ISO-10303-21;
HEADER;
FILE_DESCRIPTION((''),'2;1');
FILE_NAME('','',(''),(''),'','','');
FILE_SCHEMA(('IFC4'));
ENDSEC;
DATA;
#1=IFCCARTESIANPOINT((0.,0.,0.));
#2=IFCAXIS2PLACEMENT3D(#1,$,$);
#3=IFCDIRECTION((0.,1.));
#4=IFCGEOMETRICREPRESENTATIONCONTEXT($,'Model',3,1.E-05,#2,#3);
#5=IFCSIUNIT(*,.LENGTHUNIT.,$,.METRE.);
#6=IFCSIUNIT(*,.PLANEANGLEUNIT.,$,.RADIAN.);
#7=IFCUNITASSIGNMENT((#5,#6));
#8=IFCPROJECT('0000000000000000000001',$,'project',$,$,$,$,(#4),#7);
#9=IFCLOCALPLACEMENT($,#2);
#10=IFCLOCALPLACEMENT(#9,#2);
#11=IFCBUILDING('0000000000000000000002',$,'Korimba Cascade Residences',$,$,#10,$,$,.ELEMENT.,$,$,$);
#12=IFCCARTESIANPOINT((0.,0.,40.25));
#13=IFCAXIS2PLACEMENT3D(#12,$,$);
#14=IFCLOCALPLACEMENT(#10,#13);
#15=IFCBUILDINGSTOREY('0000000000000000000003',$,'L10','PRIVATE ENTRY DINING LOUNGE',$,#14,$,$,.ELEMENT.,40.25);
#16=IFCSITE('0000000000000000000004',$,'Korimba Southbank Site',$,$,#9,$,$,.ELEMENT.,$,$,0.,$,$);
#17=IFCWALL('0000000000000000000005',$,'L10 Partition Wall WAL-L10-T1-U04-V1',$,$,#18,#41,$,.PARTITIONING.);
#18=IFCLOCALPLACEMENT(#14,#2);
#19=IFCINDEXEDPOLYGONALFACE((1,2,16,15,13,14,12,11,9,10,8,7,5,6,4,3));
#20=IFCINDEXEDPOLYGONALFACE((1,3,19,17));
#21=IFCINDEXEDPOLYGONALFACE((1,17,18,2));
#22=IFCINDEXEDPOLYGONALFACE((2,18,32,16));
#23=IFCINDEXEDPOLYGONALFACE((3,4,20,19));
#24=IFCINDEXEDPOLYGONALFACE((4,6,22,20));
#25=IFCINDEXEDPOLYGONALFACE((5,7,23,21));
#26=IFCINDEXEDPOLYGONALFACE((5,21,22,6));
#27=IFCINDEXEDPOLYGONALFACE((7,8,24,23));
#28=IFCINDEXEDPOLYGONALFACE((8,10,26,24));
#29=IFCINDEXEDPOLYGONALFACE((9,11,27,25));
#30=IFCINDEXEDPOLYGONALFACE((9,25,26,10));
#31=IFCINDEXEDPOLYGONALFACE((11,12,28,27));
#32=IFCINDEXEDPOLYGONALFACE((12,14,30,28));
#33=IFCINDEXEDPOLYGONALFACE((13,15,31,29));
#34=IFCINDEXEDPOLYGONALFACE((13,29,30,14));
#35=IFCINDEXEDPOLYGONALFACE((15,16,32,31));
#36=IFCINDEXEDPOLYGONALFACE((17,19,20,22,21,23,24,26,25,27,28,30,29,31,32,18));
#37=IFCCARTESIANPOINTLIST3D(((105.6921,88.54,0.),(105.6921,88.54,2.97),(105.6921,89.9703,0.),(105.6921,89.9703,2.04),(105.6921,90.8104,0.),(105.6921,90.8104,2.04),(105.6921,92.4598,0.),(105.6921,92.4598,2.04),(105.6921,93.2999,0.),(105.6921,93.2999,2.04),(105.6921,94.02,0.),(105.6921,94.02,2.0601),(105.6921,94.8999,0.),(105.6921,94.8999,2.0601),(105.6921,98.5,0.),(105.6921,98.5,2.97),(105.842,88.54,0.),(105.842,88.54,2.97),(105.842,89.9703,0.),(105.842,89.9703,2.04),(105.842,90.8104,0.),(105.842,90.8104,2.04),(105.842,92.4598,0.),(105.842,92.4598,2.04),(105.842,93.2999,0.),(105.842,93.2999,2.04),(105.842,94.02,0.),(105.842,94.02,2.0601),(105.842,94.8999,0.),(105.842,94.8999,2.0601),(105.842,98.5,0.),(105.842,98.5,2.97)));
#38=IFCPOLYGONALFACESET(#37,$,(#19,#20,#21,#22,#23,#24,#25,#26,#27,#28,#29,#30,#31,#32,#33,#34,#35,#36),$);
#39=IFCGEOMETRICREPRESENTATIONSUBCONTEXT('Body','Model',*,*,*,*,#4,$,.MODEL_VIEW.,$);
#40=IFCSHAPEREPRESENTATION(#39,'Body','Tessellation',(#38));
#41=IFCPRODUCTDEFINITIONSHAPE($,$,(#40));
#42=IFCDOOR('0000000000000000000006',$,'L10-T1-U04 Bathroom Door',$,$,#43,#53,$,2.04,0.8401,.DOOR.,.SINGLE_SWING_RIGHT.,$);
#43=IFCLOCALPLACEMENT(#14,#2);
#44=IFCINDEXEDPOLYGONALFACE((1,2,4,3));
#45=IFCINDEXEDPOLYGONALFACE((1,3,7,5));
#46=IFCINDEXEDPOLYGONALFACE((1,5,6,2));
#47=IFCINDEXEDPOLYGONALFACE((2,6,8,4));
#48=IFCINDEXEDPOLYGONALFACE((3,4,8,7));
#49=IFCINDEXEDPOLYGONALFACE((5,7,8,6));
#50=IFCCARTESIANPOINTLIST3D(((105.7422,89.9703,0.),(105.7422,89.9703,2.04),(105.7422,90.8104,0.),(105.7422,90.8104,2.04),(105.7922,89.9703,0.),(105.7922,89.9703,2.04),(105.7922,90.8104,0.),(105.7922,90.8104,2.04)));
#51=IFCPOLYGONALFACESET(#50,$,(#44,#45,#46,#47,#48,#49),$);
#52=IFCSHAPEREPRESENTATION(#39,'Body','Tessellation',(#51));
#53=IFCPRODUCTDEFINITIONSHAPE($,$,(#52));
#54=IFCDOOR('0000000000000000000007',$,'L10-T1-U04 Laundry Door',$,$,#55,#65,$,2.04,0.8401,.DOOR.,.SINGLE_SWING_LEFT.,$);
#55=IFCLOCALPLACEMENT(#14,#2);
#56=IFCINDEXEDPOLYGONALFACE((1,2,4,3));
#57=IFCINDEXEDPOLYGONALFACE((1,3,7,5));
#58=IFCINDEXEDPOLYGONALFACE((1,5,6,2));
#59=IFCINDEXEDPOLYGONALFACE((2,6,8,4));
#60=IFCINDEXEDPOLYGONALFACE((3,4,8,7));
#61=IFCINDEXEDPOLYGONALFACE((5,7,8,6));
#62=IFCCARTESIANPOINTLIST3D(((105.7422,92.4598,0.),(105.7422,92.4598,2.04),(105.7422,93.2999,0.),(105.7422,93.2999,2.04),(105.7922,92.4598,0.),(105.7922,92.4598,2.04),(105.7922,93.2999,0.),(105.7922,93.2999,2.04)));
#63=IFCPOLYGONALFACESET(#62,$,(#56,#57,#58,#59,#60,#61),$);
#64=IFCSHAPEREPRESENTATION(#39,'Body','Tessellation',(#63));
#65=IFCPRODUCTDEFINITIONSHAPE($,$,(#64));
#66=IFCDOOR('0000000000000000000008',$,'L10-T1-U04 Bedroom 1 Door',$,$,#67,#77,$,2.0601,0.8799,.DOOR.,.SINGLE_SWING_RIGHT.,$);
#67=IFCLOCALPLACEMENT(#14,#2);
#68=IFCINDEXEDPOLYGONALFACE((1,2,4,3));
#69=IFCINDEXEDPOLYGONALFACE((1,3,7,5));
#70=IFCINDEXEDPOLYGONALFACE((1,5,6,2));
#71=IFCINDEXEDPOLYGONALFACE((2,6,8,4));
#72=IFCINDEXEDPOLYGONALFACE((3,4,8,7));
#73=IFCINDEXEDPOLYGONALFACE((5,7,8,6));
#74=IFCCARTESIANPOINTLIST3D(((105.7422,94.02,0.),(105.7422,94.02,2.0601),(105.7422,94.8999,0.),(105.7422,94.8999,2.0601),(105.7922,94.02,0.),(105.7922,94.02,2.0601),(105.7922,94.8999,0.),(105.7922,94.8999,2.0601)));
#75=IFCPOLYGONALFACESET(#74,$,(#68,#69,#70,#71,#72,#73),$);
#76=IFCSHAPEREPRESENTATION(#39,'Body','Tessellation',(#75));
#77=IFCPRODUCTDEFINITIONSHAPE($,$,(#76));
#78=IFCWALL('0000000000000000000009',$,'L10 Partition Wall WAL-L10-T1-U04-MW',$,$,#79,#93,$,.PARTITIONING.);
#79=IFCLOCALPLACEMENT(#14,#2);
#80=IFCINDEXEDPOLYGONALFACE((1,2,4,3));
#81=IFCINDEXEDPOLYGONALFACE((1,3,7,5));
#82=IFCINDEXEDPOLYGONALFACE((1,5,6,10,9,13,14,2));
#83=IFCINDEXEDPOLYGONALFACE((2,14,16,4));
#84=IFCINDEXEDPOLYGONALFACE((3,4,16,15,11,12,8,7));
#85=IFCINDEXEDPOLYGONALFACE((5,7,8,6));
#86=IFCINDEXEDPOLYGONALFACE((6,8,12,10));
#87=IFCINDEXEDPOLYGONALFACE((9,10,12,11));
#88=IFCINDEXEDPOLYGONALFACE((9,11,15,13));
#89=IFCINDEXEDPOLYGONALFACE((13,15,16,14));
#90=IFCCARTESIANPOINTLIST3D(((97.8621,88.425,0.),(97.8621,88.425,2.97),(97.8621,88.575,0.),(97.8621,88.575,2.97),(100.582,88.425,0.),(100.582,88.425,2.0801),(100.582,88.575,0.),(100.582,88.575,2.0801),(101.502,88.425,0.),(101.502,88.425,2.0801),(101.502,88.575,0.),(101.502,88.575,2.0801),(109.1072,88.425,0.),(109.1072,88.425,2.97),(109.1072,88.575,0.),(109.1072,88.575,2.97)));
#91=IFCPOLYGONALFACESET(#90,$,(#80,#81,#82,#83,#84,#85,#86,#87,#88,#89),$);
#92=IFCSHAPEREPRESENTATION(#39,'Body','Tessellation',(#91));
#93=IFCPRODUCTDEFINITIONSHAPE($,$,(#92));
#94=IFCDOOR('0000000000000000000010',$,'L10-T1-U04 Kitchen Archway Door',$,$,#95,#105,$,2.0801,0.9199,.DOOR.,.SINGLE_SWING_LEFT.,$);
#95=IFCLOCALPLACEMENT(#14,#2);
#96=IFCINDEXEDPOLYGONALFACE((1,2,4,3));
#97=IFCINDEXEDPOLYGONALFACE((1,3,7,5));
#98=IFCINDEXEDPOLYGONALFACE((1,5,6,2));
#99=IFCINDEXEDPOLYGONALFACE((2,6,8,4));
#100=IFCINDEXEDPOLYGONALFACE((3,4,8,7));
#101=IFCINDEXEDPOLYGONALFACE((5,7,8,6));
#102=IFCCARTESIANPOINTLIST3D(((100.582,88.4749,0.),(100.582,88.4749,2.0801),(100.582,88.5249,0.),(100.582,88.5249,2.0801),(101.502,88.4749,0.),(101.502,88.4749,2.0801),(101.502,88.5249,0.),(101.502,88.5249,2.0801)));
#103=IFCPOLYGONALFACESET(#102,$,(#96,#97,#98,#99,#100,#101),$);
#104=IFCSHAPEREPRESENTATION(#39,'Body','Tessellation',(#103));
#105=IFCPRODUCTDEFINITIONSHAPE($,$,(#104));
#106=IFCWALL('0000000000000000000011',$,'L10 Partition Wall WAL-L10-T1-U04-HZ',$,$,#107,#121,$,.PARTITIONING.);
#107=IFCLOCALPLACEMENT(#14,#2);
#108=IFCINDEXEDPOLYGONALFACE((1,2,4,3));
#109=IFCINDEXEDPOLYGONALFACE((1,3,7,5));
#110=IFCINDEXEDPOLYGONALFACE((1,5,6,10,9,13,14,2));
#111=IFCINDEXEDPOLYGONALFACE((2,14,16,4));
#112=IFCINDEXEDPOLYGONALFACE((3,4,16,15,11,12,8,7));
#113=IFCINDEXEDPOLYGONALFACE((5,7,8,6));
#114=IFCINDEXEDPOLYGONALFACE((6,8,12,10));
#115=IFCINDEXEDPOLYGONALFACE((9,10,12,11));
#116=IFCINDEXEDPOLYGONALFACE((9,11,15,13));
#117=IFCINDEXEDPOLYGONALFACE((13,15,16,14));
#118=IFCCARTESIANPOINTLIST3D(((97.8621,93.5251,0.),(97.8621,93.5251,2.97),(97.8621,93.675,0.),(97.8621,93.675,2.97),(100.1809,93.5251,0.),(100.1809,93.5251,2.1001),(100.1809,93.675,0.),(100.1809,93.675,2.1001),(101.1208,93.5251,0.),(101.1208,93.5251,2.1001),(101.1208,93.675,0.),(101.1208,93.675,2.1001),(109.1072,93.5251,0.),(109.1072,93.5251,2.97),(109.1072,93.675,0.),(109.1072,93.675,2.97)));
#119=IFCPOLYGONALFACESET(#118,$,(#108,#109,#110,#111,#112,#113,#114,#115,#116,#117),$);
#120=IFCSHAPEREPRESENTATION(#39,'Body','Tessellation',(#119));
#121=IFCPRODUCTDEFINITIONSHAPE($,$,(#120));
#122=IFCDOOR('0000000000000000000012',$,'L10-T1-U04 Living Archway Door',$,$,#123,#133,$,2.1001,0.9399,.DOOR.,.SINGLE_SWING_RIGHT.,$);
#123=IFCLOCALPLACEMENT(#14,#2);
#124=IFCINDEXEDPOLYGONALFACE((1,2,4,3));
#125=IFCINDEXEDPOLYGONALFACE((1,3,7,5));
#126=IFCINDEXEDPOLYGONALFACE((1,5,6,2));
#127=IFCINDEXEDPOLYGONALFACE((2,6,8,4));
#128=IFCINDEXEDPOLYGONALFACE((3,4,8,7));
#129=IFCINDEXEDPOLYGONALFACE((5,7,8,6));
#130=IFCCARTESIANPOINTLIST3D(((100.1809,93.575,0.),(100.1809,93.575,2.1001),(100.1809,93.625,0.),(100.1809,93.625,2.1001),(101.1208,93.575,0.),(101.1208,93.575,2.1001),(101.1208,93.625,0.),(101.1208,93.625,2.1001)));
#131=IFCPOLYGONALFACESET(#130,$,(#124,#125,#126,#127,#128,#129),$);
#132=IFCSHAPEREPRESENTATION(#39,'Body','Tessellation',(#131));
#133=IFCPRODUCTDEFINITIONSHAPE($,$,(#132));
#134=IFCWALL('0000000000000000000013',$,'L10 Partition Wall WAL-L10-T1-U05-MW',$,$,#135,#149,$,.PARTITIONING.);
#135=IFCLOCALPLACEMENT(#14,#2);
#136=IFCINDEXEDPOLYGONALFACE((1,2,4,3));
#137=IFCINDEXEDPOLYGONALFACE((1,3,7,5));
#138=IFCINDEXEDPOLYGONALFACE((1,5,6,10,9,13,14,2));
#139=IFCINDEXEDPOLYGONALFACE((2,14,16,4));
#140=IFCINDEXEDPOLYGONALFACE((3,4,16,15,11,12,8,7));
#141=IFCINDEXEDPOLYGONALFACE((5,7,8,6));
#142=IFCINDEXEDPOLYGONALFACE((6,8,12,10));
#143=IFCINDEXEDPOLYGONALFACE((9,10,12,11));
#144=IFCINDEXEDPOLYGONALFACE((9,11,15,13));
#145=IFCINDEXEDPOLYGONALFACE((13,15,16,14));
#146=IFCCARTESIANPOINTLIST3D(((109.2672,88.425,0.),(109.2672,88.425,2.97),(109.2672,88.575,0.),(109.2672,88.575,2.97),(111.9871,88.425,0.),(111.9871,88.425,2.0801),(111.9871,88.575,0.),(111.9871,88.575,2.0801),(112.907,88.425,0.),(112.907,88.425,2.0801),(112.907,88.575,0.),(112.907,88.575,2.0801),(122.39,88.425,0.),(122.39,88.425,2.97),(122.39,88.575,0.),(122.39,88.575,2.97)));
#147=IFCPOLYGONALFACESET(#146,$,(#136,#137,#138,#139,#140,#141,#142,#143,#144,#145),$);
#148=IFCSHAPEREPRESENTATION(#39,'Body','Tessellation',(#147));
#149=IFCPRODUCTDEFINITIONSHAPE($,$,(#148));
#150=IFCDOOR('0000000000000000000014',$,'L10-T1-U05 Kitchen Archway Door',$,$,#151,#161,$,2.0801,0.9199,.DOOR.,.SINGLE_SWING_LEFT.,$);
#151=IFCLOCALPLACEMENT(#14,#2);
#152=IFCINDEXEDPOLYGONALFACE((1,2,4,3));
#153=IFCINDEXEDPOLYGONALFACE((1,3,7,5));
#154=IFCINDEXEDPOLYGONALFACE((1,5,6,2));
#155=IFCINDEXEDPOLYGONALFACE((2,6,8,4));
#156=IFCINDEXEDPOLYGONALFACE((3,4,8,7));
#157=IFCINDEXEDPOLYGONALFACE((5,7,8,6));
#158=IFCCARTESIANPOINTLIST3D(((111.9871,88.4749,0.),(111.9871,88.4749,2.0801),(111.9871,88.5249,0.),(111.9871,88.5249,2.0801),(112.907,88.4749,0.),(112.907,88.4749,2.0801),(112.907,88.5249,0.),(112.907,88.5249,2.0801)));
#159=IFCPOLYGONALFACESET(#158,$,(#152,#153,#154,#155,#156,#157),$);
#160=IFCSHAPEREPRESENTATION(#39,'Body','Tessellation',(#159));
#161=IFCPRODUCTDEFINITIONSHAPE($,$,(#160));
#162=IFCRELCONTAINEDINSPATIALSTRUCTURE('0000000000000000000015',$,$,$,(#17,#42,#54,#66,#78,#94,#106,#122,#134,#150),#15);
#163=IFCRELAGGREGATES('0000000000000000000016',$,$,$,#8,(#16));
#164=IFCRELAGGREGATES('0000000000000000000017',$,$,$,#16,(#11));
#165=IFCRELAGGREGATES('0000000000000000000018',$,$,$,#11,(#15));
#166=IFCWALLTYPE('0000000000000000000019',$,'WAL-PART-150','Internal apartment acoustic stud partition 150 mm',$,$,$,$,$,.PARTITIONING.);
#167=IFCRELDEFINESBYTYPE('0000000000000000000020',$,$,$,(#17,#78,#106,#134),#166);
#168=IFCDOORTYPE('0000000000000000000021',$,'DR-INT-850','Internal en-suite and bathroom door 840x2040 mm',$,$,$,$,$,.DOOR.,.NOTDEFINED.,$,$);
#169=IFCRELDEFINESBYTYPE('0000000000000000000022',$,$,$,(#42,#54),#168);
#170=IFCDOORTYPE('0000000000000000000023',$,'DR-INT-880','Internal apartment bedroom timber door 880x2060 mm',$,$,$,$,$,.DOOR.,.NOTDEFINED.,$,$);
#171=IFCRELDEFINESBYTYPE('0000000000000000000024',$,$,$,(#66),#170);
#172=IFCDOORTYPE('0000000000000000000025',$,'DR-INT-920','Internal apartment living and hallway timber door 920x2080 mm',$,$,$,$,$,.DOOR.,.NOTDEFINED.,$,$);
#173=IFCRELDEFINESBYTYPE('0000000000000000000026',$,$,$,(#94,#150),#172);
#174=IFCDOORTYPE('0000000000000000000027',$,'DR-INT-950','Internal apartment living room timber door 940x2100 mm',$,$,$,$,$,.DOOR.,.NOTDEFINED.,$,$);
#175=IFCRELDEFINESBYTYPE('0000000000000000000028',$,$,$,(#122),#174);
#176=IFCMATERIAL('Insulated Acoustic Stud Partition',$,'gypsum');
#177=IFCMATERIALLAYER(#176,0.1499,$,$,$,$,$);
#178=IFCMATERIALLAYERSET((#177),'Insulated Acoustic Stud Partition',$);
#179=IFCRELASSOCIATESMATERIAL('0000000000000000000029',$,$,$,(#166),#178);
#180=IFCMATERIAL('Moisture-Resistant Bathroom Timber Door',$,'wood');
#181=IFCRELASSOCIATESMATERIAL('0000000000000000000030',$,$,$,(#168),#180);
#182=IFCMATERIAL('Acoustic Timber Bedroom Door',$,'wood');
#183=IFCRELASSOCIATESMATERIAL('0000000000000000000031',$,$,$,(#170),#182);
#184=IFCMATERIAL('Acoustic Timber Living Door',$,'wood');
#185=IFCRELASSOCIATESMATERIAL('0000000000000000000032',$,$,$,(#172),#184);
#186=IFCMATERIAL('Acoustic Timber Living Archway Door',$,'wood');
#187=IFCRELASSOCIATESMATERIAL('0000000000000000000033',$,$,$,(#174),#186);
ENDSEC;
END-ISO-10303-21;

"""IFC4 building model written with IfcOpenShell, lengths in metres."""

from ifc_helpers import new_model, si_unit, direction, frame, frame_2d, origin, place, context, subcontext, project, spatial, rectangle, extrude, material, layer, layer_set, type_object, element, fill, save


model = new_model("IFC4")

# Units and contexts
model_context = context("Model", 3, precision=1e-05, world=origin(), true_north=direction((0.0, 1.0)))
body_context = subcontext(model_context, "Body", "Model", "MODEL_VIEW")
ifc_project = project(units=[si_unit("LENGTHUNIT", "METRE"), si_unit("PLANEANGLEUNIT", "RADIAN")], contexts=[model_context])

# Site, building, storey
site_placement = place(None, origin())
site = spatial("IfcSite", under=ifc_project, at=site_placement, Name="Korimba Southbank Site", CompositionType="ELEMENT", RefElevation=0.0)
building_placement = place(site_placement, origin())
building = spatial("IfcBuilding", under=site, at=building_placement, Name="Korimba Cascade Residences", CompositionType="ELEMENT")
storey_placement = place(building_placement, frame((0.0, 0.0, 40.25)))
storey = spatial("IfcBuildingStorey", under=building, at=storey_placement, Name="L10", Description="PRIVATE ENTRY DINING LOUNGE", CompositionType="ELEMENT", Elevation=40.25)

# Shared definitions
ifc_material_1 = material(Name="Insulated Acoustic Stud Partition", Category="gypsum")
ifc_layer = layer(ifc_material_1, 0.1499)
ifc_layer_set = layer_set([ifc_layer], Name="Insulated Acoustic Stud Partition")
wall_type = type_object("IfcWallType", Name="WAL-PART-150", Description="Internal apartment acoustic stud partition 150 mm", PredefinedType="PARTITIONING", material=ifc_layer_set)

# Wall, openings, doors
wall_1_placement = place(storey_placement, frame((105.7671, 88.54, 0.0), z_axis=(0.0, 0.0, 1.0), x_axis=(0.0, 1.0, 0.0)))
wall_1 = element("IfcWall", 1, at=wall_1_placement, inside=storey, type_object=wall_type, Name="L10 Partition Wall WAL-L10-T1-U04-V1", PredefinedType="PARTITIONING", context=body_context, shape_type="SweptSolid", body=[
    extrude(rectangle(XDim=9.96, YDim=0.1499, at=frame_2d((4.98, 0.0))), origin(), (0.0, 0.0, 1.0), 2.97),
])
opening_1_placement = place(wall_1_placement, frame((1.4304, 0.0, 0.0)))
opening_1 = element("IfcOpeningElement", 2, at=opening_1_placement, cuts=wall_1, PredefinedType="OPENING", context=body_context, shape_type="SweptSolid", body=[
    extrude(rectangle(XDim=0.8401, YDim=2.04, at=frame_2d((0.4199, 1.02))), frame((0.0, 0.085, 0.0), z_axis=(0.0, -1.0, 0.0), x_axis=(1.0, 0.0, 0.0)), (0.0, 0.0, 1.0), 0.1699),
])
opening_2_placement = place(wall_1_placement, frame((3.9199, 0.0, 0.0)))
opening_2 = element("IfcOpeningElement", 3, at=opening_2_placement, cuts=wall_1, PredefinedType="OPENING", context=body_context, shape_type="SweptSolid", body=[
    extrude(rectangle(XDim=0.8401, YDim=2.04, at=frame_2d((0.4199, 1.02))), frame((0.0, 0.085, 0.0), z_axis=(0.0, -1.0, 0.0), x_axis=(1.0, 0.0, 0.0)), (0.0, 0.0, 1.0), 0.1699),
])
opening_3_placement = place(wall_1_placement, frame((5.48, 0.0, 0.0)))
opening_3 = element("IfcOpeningElement", 4, at=opening_3_placement, cuts=wall_1, PredefinedType="OPENING", context=body_context, shape_type="SweptSolid", body=[
    extrude(rectangle(XDim=0.8799, YDim=2.0601, at=frame_2d((0.4399, 1.03))), frame((0.0, 0.085, 0.0), z_axis=(0.0, -1.0, 0.0), x_axis=(1.0, 0.0, 0.0)), (0.0, 0.0, 1.0), 0.1699),
])
ifc_material_2 = material(Name="Moisture-Resistant Bathroom Timber Door", Category="wood")
door_type_1 = type_object("IfcDoorType", Name="DR-INT-850", Description="Internal en-suite and bathroom door 840x2040 mm", OperationType="NOTDEFINED", PredefinedType="DOOR", material=ifc_material_2)
door_1_placement = place(opening_1_placement, origin())
door_1 = element("IfcDoor", 5, at=door_1_placement, inside=storey, type_object=door_type_1, Name="L10-T1-U04 Bathroom Door", OperationType="SINGLE_SWING_RIGHT", OverallHeight=2.04, OverallWidth=0.8401, PredefinedType="DOOR", context=body_context, shape_type="SweptSolid", body=[
    extrude(rectangle(XDim=0.8401, YDim=2.04, at=frame_2d((0.4199, 1.02))), frame((0.0, 0.0249, 0.0), z_axis=(0.0, -1.0, 0.0), x_axis=(1.0, 0.0, 0.0)), (0.0, 0.0, 1.0), 0.05),
])
fill(opening_1, door_1)
door_2_placement = place(opening_2_placement, origin())
door_2 = element("IfcDoor", 6, at=door_2_placement, inside=storey, type_object=door_type_1, Name="L10-T1-U04 Laundry Door", OperationType="SINGLE_SWING_LEFT", OverallHeight=2.04, OverallWidth=0.8401, PredefinedType="DOOR", context=body_context, shape_type="SweptSolid", body=[
    extrude(rectangle(XDim=0.8401, YDim=2.04, at=frame_2d((0.4199, 1.02))), frame((0.0, 0.0249, 0.0), z_axis=(0.0, -1.0, 0.0), x_axis=(1.0, 0.0, 0.0)), (0.0, 0.0, 1.0), 0.05),
])
fill(opening_2, door_2)
ifc_material_3 = material(Name="Acoustic Timber Bedroom Door", Category="wood")
door_type_2 = type_object("IfcDoorType", Name="DR-INT-880", Description="Internal apartment bedroom timber door 880x2060 mm", OperationType="NOTDEFINED", PredefinedType="DOOR", material=ifc_material_3)
door_3_placement = place(opening_3_placement, origin())
door_3 = element("IfcDoor", 7, at=door_3_placement, inside=storey, type_object=door_type_2, Name="L10-T1-U04 Bedroom 1 Door", OperationType="SINGLE_SWING_RIGHT", OverallHeight=2.0601, OverallWidth=0.8799, PredefinedType="DOOR", context=body_context, shape_type="SweptSolid", body=[
    extrude(rectangle(XDim=0.8799, YDim=2.0601, at=frame_2d((0.4399, 1.03))), frame((0.0, 0.0249, 0.0), z_axis=(0.0, -1.0, 0.0), x_axis=(1.0, 0.0, 0.0)), (0.0, 0.0, 1.0), 0.05),
])
fill(opening_3, door_3)

# Walls, openings, doors
wall_2_placement = place(storey_placement, frame((97.8621, 88.5, 0.0), z_axis=(0.0, 0.0, 1.0), x_axis=(1.0, 0.0, 0.0)))
wall_2 = element("IfcWall", 8, at=wall_2_placement, inside=storey, type_object=wall_type, Name="L10 Partition Wall WAL-L10-T1-U04-MW", PredefinedType="PARTITIONING", context=body_context, shape_type="SweptSolid", body=[
    extrude(rectangle(XDim=11.2451, YDim=0.1499, at=frame_2d((5.6226, 0.0))), origin(), (0.0, 0.0, 1.0), 2.97),
])
opening_4_placement = place(wall_2_placement, frame((2.72, 0.0, 0.0)))
opening_4 = element("IfcOpeningElement", 9, at=opening_4_placement, cuts=wall_2, PredefinedType="OPENING", context=body_context, shape_type="SweptSolid", body=[
    extrude(rectangle(XDim=0.9199, YDim=2.0801, at=frame_2d((0.46, 1.04))), frame((0.0, 0.085, 0.0), z_axis=(0.0, -1.0, 0.0), x_axis=(1.0, 0.0, 0.0)), (0.0, 0.0, 1.0), 0.1699),
])
ifc_material_4 = material(Name="Acoustic Timber Living Door", Category="wood")
door_type_3 = type_object("IfcDoorType", Name="DR-INT-920", Description="Internal apartment living and hallway timber door 920x2080 mm", OperationType="NOTDEFINED", PredefinedType="DOOR", material=ifc_material_4)
door_4_placement = place(opening_4_placement, origin())
door_4 = element("IfcDoor", 10, at=door_4_placement, inside=storey, type_object=door_type_3, Name="L10-T1-U04 Kitchen Archway Door", OperationType="SINGLE_SWING_LEFT", OverallHeight=2.0801, OverallWidth=0.9199, PredefinedType="DOOR", context=body_context, shape_type="SweptSolid", body=[
    extrude(rectangle(XDim=0.9199, YDim=2.0801, at=frame_2d((0.46, 1.04))), frame((0.0, 0.0249, 0.0), z_axis=(0.0, -1.0, 0.0), x_axis=(1.0, 0.0, 0.0)), (0.0, 0.0, 1.0), 0.05),
])
fill(opening_4, door_4)
wall_3_placement = place(storey_placement, frame((97.8621, 93.6001, 0.0), z_axis=(0.0, 0.0, 1.0), x_axis=(1.0, 0.0, 0.0)))
wall_3 = element("IfcWall", 11, at=wall_3_placement, inside=storey, type_object=wall_type, Name="L10 Partition Wall WAL-L10-T1-U04-HZ", PredefinedType="PARTITIONING", context=body_context, shape_type="SweptSolid", body=[
    extrude(rectangle(XDim=11.2451, YDim=0.1499, at=frame_2d((5.6226, 0.0))), origin(), (0.0, 0.0, 1.0), 2.97),
])
opening_5_placement = place(wall_3_placement, frame((2.3188, 0.0, 0.0)))
opening_5 = element("IfcOpeningElement", 12, at=opening_5_placement, cuts=wall_3, PredefinedType="OPENING", context=body_context, shape_type="SweptSolid", body=[
    extrude(rectangle(XDim=0.9399, YDim=2.1001, at=frame_2d((0.47, 1.05))), frame((0.0, 0.085, 0.0), z_axis=(0.0, -1.0, 0.0), x_axis=(1.0, 0.0, 0.0)), (0.0, 0.0, 1.0), 0.1699),
])
ifc_material_5 = material(Name="Acoustic Timber Living Archway Door", Category="wood")
door_type_4 = type_object("IfcDoorType", Name="DR-INT-950", Description="Internal apartment living room timber door 940x2100 mm", OperationType="NOTDEFINED", PredefinedType="DOOR", material=ifc_material_5)
door_5_placement = place(opening_5_placement, origin())
door_5 = element("IfcDoor", 13, at=door_5_placement, inside=storey, type_object=door_type_4, Name="L10-T1-U04 Living Archway Door", OperationType="SINGLE_SWING_RIGHT", OverallHeight=2.1001, OverallWidth=0.9399, PredefinedType="DOOR", context=body_context, shape_type="SweptSolid", body=[
    extrude(rectangle(XDim=0.9399, YDim=2.1001, at=frame_2d((0.47, 1.05))), frame((0.0, 0.0249, 0.0), z_axis=(0.0, -1.0, 0.0), x_axis=(1.0, 0.0, 0.0)), (0.0, 0.0, 1.0), 0.05),
])
fill(opening_5, door_5)
wall_4_placement = place(storey_placement, frame((109.2671, 88.5, 0.0), z_axis=(0.0, 0.0, 1.0), x_axis=(1.0, 0.0, 0.0)))
wall_4 = element("IfcWall", 14, at=wall_4_placement, inside=storey, type_object=wall_type, Name="L10 Partition Wall WAL-L10-T1-U05-MW", PredefinedType="PARTITIONING", context=body_context, shape_type="SweptSolid", body=[
    extrude(rectangle(XDim=13.1228, YDim=0.1499, at=frame_2d((6.5615, 0.0))), origin(), (0.0, 0.0, 1.0), 2.97),
])
opening_6_placement = place(wall_4_placement, frame((2.72, 0.0, 0.0)))
opening_6 = element("IfcOpeningElement", 15, at=opening_6_placement, cuts=wall_4, PredefinedType="OPENING", context=body_context, shape_type="SweptSolid", body=[
    extrude(rectangle(XDim=0.9199, YDim=2.0801, at=frame_2d((0.46, 1.04))), frame((0.0, 0.085, 0.0), z_axis=(0.0, -1.0, 0.0), x_axis=(1.0, 0.0, 0.0)), (0.0, 0.0, 1.0), 0.1699),
])
door_6_placement = place(opening_6_placement, origin())
door_6 = element("IfcDoor", 16, at=door_6_placement, inside=storey, type_object=door_type_3, Name="L10-T1-U05 Kitchen Archway Door", OperationType="SINGLE_SWING_LEFT", OverallHeight=2.0801, OverallWidth=0.9199, PredefinedType="DOOR", context=body_context, shape_type="SweptSolid", body=[
    extrude(rectangle(XDim=0.9199, YDim=2.0801, at=frame_2d((0.46, 1.04))), frame((0.0, 0.0249, 0.0), z_axis=(0.0, -1.0, 0.0), x_axis=(1.0, 0.0, 0.0)), (0.0, 0.0, 1.0), 0.05),
])
fill(opening_6, door_6)

save(model, "model.ifc")
